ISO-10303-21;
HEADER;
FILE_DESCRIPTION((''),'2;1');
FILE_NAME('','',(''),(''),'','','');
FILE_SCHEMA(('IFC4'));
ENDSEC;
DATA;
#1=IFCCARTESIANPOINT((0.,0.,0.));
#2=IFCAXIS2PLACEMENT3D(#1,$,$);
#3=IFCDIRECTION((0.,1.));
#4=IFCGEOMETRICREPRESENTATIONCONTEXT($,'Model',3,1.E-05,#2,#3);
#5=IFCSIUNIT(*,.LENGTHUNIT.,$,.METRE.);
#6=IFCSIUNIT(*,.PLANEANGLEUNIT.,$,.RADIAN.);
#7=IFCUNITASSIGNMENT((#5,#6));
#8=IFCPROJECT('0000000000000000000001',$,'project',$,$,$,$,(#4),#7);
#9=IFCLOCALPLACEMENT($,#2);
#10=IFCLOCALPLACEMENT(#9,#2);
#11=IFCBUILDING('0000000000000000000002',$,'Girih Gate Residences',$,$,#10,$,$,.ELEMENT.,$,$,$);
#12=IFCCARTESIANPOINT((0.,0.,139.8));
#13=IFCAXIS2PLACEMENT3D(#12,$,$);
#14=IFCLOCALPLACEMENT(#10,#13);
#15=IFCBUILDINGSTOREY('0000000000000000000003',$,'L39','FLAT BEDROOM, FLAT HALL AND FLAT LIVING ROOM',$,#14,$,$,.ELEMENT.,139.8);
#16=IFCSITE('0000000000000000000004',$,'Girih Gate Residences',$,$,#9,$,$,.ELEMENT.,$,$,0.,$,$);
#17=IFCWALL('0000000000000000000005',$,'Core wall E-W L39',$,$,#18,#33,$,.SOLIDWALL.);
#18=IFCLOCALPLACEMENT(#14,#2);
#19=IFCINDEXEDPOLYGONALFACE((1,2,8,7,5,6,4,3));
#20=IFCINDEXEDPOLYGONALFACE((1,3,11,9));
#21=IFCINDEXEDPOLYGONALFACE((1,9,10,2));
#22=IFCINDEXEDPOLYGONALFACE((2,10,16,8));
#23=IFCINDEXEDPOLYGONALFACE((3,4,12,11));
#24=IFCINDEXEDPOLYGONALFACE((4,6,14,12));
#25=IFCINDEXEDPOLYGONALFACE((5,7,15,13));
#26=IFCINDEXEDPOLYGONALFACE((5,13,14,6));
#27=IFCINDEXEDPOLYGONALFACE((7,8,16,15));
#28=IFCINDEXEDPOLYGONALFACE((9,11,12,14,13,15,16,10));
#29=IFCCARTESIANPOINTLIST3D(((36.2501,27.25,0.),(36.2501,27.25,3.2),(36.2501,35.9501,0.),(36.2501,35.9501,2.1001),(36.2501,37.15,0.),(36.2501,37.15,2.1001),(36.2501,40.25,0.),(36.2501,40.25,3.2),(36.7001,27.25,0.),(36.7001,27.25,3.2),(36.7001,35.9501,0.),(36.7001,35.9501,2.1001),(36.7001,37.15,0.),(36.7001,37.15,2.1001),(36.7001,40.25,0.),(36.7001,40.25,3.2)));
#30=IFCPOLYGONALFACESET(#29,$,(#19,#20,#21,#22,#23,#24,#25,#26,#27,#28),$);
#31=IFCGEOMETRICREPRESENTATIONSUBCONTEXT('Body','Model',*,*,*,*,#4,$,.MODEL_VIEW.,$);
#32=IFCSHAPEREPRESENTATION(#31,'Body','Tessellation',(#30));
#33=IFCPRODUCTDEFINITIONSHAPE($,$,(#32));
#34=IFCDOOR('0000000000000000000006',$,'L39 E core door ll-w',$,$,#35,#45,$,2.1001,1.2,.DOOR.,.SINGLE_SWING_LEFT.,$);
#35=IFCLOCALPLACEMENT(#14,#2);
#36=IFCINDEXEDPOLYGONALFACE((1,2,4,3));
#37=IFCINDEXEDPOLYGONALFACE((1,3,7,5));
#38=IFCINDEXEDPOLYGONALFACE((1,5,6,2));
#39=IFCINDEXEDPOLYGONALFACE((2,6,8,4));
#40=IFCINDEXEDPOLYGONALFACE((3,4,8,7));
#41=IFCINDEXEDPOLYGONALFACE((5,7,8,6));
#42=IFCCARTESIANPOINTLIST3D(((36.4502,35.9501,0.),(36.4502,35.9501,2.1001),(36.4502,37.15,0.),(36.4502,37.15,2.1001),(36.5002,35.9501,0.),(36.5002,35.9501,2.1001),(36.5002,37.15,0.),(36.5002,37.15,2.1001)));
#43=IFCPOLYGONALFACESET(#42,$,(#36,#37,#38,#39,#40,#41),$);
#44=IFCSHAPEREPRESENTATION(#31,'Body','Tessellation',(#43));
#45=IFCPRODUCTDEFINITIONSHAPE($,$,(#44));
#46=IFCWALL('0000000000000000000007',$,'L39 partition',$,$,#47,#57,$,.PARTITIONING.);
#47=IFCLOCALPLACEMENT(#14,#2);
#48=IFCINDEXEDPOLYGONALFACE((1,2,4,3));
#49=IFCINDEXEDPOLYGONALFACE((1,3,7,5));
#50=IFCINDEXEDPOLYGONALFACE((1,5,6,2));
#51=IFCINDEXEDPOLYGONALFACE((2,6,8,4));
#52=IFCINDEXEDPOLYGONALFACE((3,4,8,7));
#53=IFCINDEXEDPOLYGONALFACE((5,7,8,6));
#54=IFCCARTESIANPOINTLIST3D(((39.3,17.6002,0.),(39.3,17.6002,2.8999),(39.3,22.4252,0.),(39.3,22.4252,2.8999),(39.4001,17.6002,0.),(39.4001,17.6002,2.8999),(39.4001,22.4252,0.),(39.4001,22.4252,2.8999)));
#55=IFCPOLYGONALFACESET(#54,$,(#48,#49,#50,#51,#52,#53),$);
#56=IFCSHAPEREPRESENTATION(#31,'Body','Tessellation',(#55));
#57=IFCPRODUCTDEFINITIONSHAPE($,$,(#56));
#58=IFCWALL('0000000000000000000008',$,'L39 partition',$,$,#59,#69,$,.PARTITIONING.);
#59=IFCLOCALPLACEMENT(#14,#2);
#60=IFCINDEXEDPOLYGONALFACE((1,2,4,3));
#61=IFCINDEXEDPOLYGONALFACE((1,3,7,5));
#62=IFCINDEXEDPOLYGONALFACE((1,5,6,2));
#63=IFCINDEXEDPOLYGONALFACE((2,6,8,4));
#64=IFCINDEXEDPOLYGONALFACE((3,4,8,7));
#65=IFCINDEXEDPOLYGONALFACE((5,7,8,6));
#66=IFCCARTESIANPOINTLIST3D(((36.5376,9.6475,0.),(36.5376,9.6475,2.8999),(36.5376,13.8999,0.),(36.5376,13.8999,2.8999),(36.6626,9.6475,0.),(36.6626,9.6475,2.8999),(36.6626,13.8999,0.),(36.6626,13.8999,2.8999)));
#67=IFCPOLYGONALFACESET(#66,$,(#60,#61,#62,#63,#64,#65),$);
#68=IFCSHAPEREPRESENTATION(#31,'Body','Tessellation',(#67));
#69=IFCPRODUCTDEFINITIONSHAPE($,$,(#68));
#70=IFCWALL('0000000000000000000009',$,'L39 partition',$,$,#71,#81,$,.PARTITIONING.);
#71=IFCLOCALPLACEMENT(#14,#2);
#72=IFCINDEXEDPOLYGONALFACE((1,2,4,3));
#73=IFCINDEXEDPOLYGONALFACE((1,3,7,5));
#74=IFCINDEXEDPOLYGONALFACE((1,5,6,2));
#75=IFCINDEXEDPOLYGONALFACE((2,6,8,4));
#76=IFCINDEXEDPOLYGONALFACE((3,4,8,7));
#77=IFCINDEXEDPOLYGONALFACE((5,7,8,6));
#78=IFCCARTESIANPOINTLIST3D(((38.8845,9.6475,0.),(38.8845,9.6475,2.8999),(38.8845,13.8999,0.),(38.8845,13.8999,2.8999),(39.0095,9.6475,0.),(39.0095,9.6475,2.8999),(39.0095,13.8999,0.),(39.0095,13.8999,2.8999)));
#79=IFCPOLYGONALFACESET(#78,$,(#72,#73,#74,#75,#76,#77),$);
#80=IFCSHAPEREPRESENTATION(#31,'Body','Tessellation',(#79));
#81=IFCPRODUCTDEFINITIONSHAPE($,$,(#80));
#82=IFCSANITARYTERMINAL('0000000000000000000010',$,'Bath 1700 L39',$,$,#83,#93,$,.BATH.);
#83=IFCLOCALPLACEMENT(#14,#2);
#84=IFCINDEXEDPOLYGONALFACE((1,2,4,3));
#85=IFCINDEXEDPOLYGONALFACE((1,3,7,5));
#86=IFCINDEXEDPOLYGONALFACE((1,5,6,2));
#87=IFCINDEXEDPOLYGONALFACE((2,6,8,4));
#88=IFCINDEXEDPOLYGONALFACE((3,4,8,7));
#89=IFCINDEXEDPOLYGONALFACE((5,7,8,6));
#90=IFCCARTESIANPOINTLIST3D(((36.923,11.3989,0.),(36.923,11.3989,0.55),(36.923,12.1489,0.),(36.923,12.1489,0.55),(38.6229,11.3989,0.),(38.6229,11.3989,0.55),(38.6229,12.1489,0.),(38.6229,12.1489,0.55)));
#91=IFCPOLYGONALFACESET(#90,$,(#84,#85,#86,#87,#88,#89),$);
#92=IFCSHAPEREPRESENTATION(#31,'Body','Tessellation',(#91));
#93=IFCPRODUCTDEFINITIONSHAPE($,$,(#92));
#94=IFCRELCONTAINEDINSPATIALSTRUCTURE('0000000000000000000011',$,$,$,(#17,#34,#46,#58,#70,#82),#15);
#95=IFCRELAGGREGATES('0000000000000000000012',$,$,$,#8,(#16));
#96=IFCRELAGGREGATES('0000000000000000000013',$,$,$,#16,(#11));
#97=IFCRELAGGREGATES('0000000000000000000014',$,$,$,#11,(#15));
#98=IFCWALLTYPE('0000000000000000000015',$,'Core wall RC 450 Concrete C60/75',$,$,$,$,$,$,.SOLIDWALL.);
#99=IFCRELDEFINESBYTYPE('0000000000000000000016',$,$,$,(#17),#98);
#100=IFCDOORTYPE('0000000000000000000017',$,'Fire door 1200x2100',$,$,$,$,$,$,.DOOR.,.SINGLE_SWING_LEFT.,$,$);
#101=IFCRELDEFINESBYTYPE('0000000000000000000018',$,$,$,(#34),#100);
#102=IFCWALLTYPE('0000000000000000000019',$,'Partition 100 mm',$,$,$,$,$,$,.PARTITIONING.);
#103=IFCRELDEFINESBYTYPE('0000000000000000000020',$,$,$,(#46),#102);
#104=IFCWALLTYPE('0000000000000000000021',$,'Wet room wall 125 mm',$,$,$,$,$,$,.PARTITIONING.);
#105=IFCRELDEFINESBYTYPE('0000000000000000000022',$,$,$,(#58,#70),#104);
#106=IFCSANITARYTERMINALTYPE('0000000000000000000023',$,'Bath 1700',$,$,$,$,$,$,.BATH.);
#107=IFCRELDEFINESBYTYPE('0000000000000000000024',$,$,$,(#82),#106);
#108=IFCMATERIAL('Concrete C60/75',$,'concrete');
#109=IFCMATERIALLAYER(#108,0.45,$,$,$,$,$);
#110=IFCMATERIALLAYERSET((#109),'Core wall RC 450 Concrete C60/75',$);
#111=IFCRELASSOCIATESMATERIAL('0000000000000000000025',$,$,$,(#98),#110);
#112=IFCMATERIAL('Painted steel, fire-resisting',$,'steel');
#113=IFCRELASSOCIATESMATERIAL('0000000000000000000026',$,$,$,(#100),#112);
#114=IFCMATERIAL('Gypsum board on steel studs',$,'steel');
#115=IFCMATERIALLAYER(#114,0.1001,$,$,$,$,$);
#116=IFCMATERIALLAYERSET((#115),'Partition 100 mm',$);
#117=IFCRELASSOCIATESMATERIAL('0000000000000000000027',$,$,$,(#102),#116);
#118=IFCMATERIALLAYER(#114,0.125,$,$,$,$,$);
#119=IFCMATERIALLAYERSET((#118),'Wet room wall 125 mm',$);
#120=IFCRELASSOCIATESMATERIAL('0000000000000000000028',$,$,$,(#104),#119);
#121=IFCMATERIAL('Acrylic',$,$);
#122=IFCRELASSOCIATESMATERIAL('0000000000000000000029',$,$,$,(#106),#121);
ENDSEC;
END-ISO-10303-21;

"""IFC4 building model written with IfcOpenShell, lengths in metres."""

from ifc_helpers import new_model, si_unit, direction, frame, frame_2d, origin, origin_2d, place, context, subcontext, project, spatial, rectangle, extrude, material, layer, layer_set, type_object, element, fill, save


model = new_model("IFC4")

# Units and contexts
model_context = context("Model", 3, precision=1e-05, world=origin(), true_north=direction((0.0, 1.0)))
body_context = subcontext(model_context, "Body", "Model", "MODEL_VIEW")
ifc_project = project(units=[si_unit("LENGTHUNIT", "METRE"), si_unit("PLANEANGLEUNIT", "RADIAN")], contexts=[model_context])

# Site, building, storey
site_placement = place(None, origin())
site = spatial("IfcSite", under=ifc_project, at=site_placement, Name="Girih Gate Residences", CompositionType="ELEMENT", RefElevation=0.0)
building_placement = place(site_placement, origin())
building = spatial("IfcBuilding", under=site, at=building_placement, Name="Girih Gate Residences", CompositionType="ELEMENT")
storey_placement = place(building_placement, frame((0.0, 0.0, 139.8)))
storey = spatial("IfcBuildingStorey", under=building, at=storey_placement, Name="L39", Description="FLAT BEDROOM, FLAT HALL AND FLAT LIVING ROOM", CompositionType="ELEMENT", Elevation=139.8)

# Shared definitions
ifc_material_1 = material(Name="Concrete C60/75", Category="concrete")

# Shared definitions
ifc_material_2 = material(Name="Gypsum board on steel studs", Category="steel")

# Wall, opening, door
ifc_layer_1 = layer(ifc_material_1, 0.45)
ifc_layer_set_1 = layer_set([ifc_layer_1], Name="Core wall RC 450 Concrete C60/75")
wall_type_1 = type_object("IfcWallType", Name="Core wall RC 450 Concrete C60/75", PredefinedType="SOLIDWALL", material=ifc_layer_set_1)
wall_1_placement = place(storey_placement, frame((36.4751, 27.25, 0.0), z_axis=(0.0, 0.0, 1.0), x_axis=(0.0, 1.0, 0.0)))
wall_1 = element("IfcWall", 1, at=wall_1_placement, inside=storey, type_object=wall_type_1, Name="Core wall E-W L39", PredefinedType="SOLIDWALL", context=body_context, shape_type="SweptSolid", body=[
    extrude(rectangle(XDim=13.0, YDim=0.45, at=frame_2d((6.5, 0.0))), origin(), (0.0, 0.0, 1.0), 3.2),
])
opening_1_placement = place(wall_1_placement, frame((8.7, 0.0, 0.0)))
opening_1 = element("IfcOpeningElement", 2, at=opening_1_placement, cuts=wall_1, PredefinedType="OPENING", context=body_context, shape_type="SweptSolid", body=[
    extrude(rectangle(XDim=1.2, YDim=2.1001, at=frame_2d((0.6001, 1.05))), frame((0.0, 0.2349, 0.0), z_axis=(0.0, -1.0, 0.0), x_axis=(1.0, 0.0, 0.0)), (0.0, 0.0, 1.0), 0.47),
])
ifc_material_3 = material(Name="Painted steel, fire-resisting", Category="steel")
door_type_1 = type_object("IfcDoorType", Name="Fire door 1200x2100", OperationType="SINGLE_SWING_LEFT", PredefinedType="DOOR", material=ifc_material_3)
door_1_placement = place(opening_1_placement, origin())
door_1 = element("IfcDoor", 3, at=door_1_placement, inside=storey, type_object=door_type_1, Name="L39 E core door ll-w", OperationType="SINGLE_SWING_LEFT", OverallHeight=2.1001, OverallWidth=1.2, PredefinedType="DOOR", context=body_context, shape_type="SweptSolid", body=[
    extrude(rectangle(XDim=1.2, YDim=2.1001, at=frame_2d((0.6001, 1.05))), frame((0.0, 0.0249, 0.0), z_axis=(0.0, -1.0, 0.0), x_axis=(1.0, 0.0, 0.0)), (0.0, 0.0, 1.0), 0.05),
])
fill(opening_1, door_1)

# Walls
ifc_layer_2 = layer(ifc_material_2, 0.1001)
ifc_layer_set_2 = layer_set([ifc_layer_2], Name="Partition 100 mm")
wall_type_2 = type_object("IfcWallType", Name="Partition 100 mm", PredefinedType="PARTITIONING", material=ifc_layer_set_2)
wall_2_placement = place(storey_placement, frame((39.3501, 17.6001, 0.0), z_axis=(0.0, 0.0, 1.0), x_axis=(0.0, 1.0, 0.0)))
element("IfcWall", 4, at=wall_2_placement, inside=storey, type_object=wall_type_2, Name="L39 partition", PredefinedType="PARTITIONING", context=body_context, shape_type="SweptSolid", body=[
    extrude(rectangle(XDim=4.825, YDim=0.1001, at=frame_2d((2.4126, 0.0))), origin(), (0.0, 0.0, 1.0), 2.8999),
])
ifc_layer_3 = layer(ifc_material_2, 0.125)
ifc_layer_set_3 = layer_set([ifc_layer_3], Name="Wet room wall 125 mm")
wall_type_3 = type_object("IfcWallType", Name="Wet room wall 125 mm", PredefinedType="PARTITIONING", material=ifc_layer_set_3)
for number, where, z_axis, x_axis, name in (
    (5, (36.6001, 9.6475, 0.0), (0.0, 0.0, 1.0), (0.0, 1.0, 0.0), "L39 partition"),
    (6, (38.947, 9.6475, 0.0), (0.0, 0.0, 1.0), (0.0, 1.0, 0.0), "L39 partition"),
):
    element("IfcWall", number, at=place(storey_placement, frame(where, z_axis=z_axis, x_axis=x_axis)), inside=storey, type_object=wall_type_3, Name=name, PredefinedType="PARTITIONING", context=body_context, shape_type="SweptSolid", body=[
        extrude(rectangle(XDim=4.2524, YDim=0.125, at=frame_2d((2.1262, 0.0))), origin(), (0.0, 0.0, 1.0), 2.8999),
    ])

# Sanitary terminal
ifc_material_4 = material(Name="Acrylic")
sanitary_terminal_type = type_object("IfcSanitaryTerminalType", Name="Bath 1700", PredefinedType="BATH", material=ifc_material_4)
sanitary_terminal_placement = place(storey_placement, frame((37.7729, 11.7739, 0.0), z_axis=(0.0, 0.0, 1.0), x_axis=(1.0, 0.0, 0.0)))
element("IfcSanitaryTerminal", 7, at=sanitary_terminal_placement, inside=storey, type_object=sanitary_terminal_type, Name="Bath 1700 L39", PredefinedType="BATH", context=body_context, shape_type="SweptSolid", body=[
    extrude(rectangle(XDim=1.7, YDim=0.75, at=origin_2d()), origin(), (0.0, 0.0, 1.0), 0.55),
])

save(model, "model.ifc")
